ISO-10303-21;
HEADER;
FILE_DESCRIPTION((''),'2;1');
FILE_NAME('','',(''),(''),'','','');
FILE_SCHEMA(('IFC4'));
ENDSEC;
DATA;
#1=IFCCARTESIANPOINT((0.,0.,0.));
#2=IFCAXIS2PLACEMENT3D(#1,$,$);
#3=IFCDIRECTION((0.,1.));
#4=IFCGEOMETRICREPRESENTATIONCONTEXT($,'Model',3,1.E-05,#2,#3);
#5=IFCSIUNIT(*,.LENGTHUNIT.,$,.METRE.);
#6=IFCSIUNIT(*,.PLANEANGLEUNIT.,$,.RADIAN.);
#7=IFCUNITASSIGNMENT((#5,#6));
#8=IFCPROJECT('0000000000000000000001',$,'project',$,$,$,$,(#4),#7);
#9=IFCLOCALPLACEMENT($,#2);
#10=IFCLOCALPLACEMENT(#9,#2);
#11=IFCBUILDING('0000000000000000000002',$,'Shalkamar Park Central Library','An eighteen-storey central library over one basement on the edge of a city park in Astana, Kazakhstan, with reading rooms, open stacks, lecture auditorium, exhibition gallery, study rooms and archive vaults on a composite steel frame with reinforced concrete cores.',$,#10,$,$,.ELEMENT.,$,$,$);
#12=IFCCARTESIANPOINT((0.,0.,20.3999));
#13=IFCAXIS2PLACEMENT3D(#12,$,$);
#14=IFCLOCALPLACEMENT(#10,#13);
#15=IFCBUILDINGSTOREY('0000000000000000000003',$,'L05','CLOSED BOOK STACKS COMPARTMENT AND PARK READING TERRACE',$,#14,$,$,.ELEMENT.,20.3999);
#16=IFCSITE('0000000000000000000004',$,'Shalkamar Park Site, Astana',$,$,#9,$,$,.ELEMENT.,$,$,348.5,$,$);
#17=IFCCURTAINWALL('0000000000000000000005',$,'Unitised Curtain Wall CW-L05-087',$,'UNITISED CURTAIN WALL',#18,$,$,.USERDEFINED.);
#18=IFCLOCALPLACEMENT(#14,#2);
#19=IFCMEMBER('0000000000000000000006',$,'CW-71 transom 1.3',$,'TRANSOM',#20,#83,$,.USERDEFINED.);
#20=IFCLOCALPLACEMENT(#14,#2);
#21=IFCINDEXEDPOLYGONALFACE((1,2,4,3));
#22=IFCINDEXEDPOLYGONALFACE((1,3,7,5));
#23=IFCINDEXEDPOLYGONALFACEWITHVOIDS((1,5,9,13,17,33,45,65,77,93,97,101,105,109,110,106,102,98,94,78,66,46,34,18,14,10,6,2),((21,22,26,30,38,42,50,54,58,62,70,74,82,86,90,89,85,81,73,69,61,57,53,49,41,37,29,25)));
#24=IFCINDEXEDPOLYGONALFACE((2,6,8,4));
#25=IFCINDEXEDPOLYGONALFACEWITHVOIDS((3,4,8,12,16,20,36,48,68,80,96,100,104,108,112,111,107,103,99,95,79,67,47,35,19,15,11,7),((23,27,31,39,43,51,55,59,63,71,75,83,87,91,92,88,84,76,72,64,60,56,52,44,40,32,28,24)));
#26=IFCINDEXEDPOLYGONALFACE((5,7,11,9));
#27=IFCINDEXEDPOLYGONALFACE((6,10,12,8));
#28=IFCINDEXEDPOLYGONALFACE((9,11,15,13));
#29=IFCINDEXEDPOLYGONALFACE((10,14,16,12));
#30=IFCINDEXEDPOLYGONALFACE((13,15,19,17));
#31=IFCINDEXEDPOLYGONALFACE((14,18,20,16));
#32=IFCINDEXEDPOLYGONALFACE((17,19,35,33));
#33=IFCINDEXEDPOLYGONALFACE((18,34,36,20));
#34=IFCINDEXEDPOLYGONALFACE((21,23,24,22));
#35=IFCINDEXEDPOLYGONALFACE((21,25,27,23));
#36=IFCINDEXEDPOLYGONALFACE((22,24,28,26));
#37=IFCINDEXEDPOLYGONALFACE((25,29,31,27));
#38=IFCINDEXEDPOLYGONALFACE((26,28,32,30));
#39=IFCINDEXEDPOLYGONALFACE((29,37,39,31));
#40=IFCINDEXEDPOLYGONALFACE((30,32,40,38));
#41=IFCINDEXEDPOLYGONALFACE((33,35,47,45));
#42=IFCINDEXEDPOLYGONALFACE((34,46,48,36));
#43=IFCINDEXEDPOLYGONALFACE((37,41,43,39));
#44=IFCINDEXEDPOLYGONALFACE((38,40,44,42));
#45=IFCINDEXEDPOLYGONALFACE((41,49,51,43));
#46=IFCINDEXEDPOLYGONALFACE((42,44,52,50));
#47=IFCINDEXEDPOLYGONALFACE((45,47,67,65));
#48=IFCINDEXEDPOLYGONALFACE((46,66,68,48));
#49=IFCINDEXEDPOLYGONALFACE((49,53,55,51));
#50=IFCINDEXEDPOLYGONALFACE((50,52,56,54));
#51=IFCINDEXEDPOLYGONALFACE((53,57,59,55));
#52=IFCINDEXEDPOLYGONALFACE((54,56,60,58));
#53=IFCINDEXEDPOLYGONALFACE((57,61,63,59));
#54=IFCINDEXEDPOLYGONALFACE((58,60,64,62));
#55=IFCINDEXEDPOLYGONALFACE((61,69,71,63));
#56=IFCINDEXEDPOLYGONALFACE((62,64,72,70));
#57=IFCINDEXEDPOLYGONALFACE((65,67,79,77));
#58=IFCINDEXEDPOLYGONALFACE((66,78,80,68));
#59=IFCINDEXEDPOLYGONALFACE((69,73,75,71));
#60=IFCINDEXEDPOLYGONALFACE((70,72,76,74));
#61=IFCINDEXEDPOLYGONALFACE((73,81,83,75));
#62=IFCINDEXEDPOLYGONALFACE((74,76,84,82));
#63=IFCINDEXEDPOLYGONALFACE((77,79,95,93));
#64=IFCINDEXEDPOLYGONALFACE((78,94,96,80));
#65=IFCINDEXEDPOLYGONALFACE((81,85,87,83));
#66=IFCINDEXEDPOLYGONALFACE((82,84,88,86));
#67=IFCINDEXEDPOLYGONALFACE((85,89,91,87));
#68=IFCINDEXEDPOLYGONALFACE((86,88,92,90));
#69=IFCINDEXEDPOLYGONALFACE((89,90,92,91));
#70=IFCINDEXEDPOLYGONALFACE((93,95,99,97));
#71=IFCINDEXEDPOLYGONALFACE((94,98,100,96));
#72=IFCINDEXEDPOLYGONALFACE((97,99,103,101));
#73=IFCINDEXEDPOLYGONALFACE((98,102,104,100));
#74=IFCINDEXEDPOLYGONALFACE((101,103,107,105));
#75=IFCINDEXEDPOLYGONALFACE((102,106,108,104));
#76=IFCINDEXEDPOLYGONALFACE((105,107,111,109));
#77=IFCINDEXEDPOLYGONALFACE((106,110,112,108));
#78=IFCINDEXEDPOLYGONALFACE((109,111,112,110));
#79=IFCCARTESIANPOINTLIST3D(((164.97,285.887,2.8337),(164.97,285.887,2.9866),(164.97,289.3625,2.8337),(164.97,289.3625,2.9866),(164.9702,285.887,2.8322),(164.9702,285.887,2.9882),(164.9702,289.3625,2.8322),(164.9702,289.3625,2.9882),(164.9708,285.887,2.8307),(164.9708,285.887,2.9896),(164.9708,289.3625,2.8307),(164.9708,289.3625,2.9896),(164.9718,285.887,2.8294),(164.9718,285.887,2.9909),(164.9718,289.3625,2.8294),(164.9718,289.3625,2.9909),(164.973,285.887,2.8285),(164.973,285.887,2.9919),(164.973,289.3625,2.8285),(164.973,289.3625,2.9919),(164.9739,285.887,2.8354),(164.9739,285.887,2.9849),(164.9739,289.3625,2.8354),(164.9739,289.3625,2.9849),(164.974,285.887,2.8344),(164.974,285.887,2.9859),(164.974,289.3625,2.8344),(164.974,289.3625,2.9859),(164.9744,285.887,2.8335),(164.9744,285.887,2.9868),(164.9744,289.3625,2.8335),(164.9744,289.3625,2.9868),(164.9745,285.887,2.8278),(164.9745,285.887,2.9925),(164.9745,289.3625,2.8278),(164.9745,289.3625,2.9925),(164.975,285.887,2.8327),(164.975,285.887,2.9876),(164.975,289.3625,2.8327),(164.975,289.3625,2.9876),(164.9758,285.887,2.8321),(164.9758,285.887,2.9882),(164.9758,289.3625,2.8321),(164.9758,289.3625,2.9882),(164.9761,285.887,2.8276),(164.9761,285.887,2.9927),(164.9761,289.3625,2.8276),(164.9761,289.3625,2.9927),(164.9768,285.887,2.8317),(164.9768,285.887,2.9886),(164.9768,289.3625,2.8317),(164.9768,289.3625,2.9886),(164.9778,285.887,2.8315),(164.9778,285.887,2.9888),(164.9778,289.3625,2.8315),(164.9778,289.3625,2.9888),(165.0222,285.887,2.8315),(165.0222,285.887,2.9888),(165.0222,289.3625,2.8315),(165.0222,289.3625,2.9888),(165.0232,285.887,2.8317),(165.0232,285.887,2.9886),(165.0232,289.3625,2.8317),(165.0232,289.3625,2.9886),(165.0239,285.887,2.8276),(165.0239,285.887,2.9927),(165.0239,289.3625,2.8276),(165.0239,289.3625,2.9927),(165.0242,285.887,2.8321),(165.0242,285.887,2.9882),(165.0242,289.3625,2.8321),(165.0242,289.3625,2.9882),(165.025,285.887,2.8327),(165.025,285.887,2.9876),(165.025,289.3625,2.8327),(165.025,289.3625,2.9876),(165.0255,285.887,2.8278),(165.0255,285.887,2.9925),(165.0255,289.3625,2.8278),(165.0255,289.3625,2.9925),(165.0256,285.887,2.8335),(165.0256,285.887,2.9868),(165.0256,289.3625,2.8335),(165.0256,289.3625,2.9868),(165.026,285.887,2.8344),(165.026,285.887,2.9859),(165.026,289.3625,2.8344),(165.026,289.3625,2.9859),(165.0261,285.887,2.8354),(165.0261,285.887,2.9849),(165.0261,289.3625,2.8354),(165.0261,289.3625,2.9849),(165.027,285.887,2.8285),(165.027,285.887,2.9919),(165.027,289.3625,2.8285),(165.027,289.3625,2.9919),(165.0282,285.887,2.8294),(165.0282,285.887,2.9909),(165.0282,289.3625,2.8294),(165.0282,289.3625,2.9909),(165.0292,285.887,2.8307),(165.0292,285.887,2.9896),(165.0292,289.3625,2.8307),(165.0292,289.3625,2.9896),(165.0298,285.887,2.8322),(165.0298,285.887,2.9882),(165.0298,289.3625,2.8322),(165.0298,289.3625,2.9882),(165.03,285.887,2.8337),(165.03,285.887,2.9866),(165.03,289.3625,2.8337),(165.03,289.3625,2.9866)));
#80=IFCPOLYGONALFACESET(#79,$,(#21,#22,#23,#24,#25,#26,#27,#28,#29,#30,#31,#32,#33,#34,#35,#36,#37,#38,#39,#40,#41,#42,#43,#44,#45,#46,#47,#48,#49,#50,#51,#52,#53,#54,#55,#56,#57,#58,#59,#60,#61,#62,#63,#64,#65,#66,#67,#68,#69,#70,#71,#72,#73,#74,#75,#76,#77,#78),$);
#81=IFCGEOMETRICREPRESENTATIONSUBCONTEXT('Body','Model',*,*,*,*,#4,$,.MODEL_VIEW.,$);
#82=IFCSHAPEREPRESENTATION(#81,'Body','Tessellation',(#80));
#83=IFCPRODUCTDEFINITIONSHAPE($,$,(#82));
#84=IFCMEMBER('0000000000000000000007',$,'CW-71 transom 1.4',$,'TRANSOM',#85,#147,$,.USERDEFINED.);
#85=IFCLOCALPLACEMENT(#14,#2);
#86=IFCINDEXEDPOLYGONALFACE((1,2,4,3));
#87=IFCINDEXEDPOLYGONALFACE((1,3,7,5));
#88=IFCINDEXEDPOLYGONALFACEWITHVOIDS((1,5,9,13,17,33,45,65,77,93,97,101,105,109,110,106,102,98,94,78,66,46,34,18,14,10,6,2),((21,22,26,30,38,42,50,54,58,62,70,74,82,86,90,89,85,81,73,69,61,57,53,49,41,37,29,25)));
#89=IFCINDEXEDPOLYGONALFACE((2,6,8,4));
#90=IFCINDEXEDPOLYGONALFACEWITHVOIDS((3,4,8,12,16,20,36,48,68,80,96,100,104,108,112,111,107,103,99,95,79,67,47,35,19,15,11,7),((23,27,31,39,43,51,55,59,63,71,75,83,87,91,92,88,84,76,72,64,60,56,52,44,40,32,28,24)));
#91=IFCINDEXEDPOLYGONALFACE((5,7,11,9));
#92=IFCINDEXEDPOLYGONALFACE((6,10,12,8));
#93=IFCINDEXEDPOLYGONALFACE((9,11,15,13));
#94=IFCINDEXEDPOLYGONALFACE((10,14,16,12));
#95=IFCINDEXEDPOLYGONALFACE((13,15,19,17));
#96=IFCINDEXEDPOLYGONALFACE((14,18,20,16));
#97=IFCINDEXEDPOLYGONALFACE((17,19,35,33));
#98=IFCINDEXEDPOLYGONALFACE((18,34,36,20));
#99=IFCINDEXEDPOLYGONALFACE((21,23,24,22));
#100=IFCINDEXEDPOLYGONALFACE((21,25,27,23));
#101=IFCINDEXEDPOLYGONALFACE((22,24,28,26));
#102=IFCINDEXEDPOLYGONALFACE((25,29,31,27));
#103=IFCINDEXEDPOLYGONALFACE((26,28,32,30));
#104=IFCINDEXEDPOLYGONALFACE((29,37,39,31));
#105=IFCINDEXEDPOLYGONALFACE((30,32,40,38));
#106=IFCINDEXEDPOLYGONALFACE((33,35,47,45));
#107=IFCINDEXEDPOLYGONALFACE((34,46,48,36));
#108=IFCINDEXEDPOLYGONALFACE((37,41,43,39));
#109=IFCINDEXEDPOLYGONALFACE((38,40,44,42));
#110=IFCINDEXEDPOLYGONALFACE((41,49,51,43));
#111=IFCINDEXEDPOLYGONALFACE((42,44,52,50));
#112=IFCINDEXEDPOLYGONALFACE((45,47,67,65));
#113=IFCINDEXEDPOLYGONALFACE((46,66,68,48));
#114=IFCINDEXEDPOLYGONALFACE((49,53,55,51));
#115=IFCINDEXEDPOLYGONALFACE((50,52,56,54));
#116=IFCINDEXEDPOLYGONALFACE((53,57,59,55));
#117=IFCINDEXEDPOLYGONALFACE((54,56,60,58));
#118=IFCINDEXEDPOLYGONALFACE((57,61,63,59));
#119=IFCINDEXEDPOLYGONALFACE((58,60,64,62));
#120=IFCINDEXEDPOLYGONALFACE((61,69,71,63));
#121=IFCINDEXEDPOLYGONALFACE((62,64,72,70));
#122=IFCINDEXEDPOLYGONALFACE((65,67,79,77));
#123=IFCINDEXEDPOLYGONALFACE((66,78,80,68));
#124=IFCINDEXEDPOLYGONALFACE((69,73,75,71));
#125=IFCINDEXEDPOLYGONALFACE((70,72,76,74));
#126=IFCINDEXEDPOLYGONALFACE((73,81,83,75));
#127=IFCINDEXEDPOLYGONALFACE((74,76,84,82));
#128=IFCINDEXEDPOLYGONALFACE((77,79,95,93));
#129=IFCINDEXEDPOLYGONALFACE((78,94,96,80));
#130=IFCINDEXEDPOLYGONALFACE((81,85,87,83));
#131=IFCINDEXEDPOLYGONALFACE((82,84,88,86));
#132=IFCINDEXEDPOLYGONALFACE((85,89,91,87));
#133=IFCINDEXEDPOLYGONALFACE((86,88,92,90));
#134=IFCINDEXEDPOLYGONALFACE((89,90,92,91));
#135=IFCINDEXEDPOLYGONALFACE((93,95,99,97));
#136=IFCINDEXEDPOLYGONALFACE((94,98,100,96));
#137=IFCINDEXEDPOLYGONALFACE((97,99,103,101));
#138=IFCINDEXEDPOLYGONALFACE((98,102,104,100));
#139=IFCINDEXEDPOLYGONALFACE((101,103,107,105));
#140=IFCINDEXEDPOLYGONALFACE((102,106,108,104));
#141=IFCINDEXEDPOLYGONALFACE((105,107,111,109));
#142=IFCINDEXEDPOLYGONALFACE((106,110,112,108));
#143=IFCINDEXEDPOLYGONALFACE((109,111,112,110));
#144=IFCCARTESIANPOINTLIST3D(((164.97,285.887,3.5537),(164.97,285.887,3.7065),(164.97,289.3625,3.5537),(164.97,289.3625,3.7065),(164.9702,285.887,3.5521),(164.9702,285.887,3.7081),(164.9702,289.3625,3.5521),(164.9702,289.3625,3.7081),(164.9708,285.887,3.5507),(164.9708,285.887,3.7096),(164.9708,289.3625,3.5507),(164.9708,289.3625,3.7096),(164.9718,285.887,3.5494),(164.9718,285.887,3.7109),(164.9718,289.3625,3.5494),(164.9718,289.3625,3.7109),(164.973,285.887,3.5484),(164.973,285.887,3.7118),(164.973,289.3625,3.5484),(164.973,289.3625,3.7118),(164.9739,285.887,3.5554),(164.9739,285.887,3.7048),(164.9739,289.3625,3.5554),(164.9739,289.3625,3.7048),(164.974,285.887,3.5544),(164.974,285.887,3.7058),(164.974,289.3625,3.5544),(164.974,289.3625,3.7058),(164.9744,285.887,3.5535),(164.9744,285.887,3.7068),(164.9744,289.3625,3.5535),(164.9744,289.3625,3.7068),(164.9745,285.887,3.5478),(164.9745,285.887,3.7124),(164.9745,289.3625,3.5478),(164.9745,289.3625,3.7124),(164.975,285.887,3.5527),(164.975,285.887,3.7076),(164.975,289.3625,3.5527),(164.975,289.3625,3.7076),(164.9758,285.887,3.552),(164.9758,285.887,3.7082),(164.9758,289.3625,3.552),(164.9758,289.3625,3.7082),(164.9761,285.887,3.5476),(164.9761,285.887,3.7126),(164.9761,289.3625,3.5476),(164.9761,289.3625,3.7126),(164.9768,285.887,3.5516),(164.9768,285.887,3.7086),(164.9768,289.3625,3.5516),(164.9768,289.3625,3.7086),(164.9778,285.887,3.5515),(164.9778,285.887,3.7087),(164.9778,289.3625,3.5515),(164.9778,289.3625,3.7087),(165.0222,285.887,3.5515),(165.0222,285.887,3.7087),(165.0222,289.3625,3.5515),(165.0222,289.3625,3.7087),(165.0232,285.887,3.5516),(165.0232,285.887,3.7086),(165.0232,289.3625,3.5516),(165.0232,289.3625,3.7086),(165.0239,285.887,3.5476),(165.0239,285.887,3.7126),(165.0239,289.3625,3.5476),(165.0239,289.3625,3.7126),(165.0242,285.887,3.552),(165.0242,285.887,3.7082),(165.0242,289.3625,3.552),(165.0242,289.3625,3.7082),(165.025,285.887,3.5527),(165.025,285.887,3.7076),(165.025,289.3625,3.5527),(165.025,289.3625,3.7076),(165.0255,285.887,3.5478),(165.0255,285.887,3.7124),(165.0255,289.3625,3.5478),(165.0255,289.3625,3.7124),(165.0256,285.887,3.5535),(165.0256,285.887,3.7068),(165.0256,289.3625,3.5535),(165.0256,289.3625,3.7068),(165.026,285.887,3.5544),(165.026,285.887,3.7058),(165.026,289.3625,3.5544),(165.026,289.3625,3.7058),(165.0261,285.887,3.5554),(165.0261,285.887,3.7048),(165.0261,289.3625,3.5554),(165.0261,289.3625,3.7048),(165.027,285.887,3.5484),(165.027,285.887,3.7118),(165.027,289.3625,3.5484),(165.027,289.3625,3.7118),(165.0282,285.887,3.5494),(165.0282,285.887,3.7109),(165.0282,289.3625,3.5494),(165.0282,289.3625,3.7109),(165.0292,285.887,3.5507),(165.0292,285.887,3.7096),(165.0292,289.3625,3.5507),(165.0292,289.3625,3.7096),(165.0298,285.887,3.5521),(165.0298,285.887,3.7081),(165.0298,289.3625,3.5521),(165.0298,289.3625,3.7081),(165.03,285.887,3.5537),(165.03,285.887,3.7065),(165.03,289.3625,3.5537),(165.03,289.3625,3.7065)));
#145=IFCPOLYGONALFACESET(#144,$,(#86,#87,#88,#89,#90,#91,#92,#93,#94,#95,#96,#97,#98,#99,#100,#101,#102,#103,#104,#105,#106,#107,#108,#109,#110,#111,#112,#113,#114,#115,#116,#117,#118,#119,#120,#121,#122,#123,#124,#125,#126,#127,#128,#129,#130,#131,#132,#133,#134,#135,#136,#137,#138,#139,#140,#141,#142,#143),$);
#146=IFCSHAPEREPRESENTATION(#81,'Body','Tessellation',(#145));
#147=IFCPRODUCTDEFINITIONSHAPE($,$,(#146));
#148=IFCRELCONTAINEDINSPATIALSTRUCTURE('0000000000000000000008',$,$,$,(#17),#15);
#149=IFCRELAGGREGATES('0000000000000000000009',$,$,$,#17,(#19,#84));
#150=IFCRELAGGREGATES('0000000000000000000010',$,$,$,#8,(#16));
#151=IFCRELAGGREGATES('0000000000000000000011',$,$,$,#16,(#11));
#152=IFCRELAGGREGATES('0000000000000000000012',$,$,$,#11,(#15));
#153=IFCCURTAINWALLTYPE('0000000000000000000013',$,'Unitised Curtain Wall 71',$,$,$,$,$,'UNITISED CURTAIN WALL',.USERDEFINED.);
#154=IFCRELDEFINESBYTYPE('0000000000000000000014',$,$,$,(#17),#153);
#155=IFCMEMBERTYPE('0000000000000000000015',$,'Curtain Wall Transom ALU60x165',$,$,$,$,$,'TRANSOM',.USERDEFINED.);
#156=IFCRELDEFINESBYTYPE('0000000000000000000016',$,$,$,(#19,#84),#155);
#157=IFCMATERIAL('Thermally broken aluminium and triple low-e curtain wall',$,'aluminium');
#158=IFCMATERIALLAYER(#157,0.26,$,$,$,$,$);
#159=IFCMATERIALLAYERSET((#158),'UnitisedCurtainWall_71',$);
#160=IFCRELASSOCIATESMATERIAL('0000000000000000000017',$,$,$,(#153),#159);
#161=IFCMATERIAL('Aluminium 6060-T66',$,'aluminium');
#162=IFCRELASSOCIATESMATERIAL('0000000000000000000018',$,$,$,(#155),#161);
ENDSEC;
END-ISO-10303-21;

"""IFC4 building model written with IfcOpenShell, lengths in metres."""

from ifc_helpers import new_model, si_unit, direction, frame, origin, origin_2d, place, context, subcontext, project, spatial, hollow_rectangle, extrude, material, layer, layer_set, material_profile, profile_set, type_object, element, aggregate, save


model = new_model("IFC4")

# Units and contexts
model_context = context("Model", 3, precision=1e-05, world=origin(), true_north=direction((0.0, 1.0)))
body_context = subcontext(model_context, "Body", "Model", "MODEL_VIEW")
ifc_project = project(units=[si_unit("LENGTHUNIT", "METRE"), si_unit("PLANEANGLEUNIT", "RADIAN")], contexts=[model_context])

# Site, building, storey
site_placement = place(None, origin())
site = spatial("IfcSite", under=ifc_project, at=site_placement, Name="Shalkamar Park Site, Astana", CompositionType="ELEMENT", RefElevation=348.5)
building_placement = place(site_placement, origin())
building = spatial("IfcBuilding", under=site, at=building_placement, Name="Shalkamar Park Central Library", Description="An eighteen-storey central library over one basement on the edge of a city park in Astana, Kazakhstan, with reading rooms, open stacks, lecture auditorium, exhibition gallery, study rooms and archive vaults on a composite steel frame with reinforced concrete cores.", CompositionType="ELEMENT")
storey_placement = place(building_placement, frame((0.0, 0.0, 20.3999)))
storey = spatial("IfcBuildingStorey", under=building, at=storey_placement, Name="L05", Description="CLOSED BOOK STACKS COMPARTMENT AND PARK READING TERRACE", CompositionType="ELEMENT", Elevation=20.3999)

# Curtain wall, members
ifc_material_1 = material(Name="Thermally broken aluminium and triple low-e curtain wall", Category="aluminium")
ifc_layer_1 = layer(ifc_material_1, 0.26)
ifc_layer_set_1 = layer_set([ifc_layer_1], Name="UnitisedCurtainWall_71")
curtain_wall_type = type_object("IfcCurtainWallType", Name="Unitised Curtain Wall 71", ElementType="UNITISED CURTAIN WALL", PredefinedType="USERDEFINED", material=ifc_layer_set_1)
curtain_wall_placement = place(storey_placement, origin())
curtain_wall = element("IfcCurtainWall", 1, at=curtain_wall_placement, inside=storey, type_object=curtain_wall_type, Name="Unitised Curtain Wall CW-L05-087", ObjectType="UNITISED CURTAIN WALL", PredefinedType="USERDEFINED")
ifc_material_2 = material(Name="Aluminium 6060-T66", Category="aluminium")
ifc_material_profile_1 = material_profile(ifc_material_2, hollow_rectangle(XDim=0.0601, YDim=0.165, WallThickness=0.0039, InnerFilletRadius=0.0039, OuterFilletRadius=0.0061, at=origin_2d()), Name="ALU 60x165x4")
ifc_profile_set_1 = profile_set([ifc_material_profile_1], Name="Aluminium 6060-T66")
member_type_1 = type_object("IfcMemberType", Name="Curtain Wall Transom ALU60x165", ElementType="TRANSOM", PredefinedType="USERDEFINED", material=ifc_profile_set_1)
member_1_placement = place(storey_placement, frame((165.0, 285.887, 2.9102), z_axis=(0.0, 1.0, 0.0), x_axis=(-1.0, 0.0, 0.0)))
member_1 = element("IfcMember", 2, at=member_1_placement, type_object=member_type_1, Name="CW-71 transom 1.3", ObjectType="TRANSOM", PredefinedType="USERDEFINED", context=body_context, shape_type="SweptSolid", body=[
    extrude(hollow_rectangle(XDim=0.0601, YDim=0.165, WallThickness=0.0039, InnerFilletRadius=0.0039, OuterFilletRadius=0.0061, at=origin_2d()), origin(), (0.0, 0.0, 1.0), 3.4756),
])
member_2_placement = place(storey_placement, frame((165.0, 285.887, 3.6301), z_axis=(0.0, 1.0, 0.0), x_axis=(-1.0, 0.0, 0.0)))
member_2 = element("IfcMember", 3, at=member_2_placement, type_object=member_type_1, Name="CW-71 transom 1.4", ObjectType="TRANSOM", PredefinedType="USERDEFINED", context=body_context, shape_type="SweptSolid", body=[
    extrude(hollow_rectangle(XDim=0.0601, YDim=0.165, WallThickness=0.0039, InnerFilletRadius=0.0039, OuterFilletRadius=0.0061, at=origin_2d()), origin(), (0.0, 0.0, 1.0), 3.4756),
])

aggregate(curtain_wall, [member_1, member_2])

save(model, "model.ifc")
